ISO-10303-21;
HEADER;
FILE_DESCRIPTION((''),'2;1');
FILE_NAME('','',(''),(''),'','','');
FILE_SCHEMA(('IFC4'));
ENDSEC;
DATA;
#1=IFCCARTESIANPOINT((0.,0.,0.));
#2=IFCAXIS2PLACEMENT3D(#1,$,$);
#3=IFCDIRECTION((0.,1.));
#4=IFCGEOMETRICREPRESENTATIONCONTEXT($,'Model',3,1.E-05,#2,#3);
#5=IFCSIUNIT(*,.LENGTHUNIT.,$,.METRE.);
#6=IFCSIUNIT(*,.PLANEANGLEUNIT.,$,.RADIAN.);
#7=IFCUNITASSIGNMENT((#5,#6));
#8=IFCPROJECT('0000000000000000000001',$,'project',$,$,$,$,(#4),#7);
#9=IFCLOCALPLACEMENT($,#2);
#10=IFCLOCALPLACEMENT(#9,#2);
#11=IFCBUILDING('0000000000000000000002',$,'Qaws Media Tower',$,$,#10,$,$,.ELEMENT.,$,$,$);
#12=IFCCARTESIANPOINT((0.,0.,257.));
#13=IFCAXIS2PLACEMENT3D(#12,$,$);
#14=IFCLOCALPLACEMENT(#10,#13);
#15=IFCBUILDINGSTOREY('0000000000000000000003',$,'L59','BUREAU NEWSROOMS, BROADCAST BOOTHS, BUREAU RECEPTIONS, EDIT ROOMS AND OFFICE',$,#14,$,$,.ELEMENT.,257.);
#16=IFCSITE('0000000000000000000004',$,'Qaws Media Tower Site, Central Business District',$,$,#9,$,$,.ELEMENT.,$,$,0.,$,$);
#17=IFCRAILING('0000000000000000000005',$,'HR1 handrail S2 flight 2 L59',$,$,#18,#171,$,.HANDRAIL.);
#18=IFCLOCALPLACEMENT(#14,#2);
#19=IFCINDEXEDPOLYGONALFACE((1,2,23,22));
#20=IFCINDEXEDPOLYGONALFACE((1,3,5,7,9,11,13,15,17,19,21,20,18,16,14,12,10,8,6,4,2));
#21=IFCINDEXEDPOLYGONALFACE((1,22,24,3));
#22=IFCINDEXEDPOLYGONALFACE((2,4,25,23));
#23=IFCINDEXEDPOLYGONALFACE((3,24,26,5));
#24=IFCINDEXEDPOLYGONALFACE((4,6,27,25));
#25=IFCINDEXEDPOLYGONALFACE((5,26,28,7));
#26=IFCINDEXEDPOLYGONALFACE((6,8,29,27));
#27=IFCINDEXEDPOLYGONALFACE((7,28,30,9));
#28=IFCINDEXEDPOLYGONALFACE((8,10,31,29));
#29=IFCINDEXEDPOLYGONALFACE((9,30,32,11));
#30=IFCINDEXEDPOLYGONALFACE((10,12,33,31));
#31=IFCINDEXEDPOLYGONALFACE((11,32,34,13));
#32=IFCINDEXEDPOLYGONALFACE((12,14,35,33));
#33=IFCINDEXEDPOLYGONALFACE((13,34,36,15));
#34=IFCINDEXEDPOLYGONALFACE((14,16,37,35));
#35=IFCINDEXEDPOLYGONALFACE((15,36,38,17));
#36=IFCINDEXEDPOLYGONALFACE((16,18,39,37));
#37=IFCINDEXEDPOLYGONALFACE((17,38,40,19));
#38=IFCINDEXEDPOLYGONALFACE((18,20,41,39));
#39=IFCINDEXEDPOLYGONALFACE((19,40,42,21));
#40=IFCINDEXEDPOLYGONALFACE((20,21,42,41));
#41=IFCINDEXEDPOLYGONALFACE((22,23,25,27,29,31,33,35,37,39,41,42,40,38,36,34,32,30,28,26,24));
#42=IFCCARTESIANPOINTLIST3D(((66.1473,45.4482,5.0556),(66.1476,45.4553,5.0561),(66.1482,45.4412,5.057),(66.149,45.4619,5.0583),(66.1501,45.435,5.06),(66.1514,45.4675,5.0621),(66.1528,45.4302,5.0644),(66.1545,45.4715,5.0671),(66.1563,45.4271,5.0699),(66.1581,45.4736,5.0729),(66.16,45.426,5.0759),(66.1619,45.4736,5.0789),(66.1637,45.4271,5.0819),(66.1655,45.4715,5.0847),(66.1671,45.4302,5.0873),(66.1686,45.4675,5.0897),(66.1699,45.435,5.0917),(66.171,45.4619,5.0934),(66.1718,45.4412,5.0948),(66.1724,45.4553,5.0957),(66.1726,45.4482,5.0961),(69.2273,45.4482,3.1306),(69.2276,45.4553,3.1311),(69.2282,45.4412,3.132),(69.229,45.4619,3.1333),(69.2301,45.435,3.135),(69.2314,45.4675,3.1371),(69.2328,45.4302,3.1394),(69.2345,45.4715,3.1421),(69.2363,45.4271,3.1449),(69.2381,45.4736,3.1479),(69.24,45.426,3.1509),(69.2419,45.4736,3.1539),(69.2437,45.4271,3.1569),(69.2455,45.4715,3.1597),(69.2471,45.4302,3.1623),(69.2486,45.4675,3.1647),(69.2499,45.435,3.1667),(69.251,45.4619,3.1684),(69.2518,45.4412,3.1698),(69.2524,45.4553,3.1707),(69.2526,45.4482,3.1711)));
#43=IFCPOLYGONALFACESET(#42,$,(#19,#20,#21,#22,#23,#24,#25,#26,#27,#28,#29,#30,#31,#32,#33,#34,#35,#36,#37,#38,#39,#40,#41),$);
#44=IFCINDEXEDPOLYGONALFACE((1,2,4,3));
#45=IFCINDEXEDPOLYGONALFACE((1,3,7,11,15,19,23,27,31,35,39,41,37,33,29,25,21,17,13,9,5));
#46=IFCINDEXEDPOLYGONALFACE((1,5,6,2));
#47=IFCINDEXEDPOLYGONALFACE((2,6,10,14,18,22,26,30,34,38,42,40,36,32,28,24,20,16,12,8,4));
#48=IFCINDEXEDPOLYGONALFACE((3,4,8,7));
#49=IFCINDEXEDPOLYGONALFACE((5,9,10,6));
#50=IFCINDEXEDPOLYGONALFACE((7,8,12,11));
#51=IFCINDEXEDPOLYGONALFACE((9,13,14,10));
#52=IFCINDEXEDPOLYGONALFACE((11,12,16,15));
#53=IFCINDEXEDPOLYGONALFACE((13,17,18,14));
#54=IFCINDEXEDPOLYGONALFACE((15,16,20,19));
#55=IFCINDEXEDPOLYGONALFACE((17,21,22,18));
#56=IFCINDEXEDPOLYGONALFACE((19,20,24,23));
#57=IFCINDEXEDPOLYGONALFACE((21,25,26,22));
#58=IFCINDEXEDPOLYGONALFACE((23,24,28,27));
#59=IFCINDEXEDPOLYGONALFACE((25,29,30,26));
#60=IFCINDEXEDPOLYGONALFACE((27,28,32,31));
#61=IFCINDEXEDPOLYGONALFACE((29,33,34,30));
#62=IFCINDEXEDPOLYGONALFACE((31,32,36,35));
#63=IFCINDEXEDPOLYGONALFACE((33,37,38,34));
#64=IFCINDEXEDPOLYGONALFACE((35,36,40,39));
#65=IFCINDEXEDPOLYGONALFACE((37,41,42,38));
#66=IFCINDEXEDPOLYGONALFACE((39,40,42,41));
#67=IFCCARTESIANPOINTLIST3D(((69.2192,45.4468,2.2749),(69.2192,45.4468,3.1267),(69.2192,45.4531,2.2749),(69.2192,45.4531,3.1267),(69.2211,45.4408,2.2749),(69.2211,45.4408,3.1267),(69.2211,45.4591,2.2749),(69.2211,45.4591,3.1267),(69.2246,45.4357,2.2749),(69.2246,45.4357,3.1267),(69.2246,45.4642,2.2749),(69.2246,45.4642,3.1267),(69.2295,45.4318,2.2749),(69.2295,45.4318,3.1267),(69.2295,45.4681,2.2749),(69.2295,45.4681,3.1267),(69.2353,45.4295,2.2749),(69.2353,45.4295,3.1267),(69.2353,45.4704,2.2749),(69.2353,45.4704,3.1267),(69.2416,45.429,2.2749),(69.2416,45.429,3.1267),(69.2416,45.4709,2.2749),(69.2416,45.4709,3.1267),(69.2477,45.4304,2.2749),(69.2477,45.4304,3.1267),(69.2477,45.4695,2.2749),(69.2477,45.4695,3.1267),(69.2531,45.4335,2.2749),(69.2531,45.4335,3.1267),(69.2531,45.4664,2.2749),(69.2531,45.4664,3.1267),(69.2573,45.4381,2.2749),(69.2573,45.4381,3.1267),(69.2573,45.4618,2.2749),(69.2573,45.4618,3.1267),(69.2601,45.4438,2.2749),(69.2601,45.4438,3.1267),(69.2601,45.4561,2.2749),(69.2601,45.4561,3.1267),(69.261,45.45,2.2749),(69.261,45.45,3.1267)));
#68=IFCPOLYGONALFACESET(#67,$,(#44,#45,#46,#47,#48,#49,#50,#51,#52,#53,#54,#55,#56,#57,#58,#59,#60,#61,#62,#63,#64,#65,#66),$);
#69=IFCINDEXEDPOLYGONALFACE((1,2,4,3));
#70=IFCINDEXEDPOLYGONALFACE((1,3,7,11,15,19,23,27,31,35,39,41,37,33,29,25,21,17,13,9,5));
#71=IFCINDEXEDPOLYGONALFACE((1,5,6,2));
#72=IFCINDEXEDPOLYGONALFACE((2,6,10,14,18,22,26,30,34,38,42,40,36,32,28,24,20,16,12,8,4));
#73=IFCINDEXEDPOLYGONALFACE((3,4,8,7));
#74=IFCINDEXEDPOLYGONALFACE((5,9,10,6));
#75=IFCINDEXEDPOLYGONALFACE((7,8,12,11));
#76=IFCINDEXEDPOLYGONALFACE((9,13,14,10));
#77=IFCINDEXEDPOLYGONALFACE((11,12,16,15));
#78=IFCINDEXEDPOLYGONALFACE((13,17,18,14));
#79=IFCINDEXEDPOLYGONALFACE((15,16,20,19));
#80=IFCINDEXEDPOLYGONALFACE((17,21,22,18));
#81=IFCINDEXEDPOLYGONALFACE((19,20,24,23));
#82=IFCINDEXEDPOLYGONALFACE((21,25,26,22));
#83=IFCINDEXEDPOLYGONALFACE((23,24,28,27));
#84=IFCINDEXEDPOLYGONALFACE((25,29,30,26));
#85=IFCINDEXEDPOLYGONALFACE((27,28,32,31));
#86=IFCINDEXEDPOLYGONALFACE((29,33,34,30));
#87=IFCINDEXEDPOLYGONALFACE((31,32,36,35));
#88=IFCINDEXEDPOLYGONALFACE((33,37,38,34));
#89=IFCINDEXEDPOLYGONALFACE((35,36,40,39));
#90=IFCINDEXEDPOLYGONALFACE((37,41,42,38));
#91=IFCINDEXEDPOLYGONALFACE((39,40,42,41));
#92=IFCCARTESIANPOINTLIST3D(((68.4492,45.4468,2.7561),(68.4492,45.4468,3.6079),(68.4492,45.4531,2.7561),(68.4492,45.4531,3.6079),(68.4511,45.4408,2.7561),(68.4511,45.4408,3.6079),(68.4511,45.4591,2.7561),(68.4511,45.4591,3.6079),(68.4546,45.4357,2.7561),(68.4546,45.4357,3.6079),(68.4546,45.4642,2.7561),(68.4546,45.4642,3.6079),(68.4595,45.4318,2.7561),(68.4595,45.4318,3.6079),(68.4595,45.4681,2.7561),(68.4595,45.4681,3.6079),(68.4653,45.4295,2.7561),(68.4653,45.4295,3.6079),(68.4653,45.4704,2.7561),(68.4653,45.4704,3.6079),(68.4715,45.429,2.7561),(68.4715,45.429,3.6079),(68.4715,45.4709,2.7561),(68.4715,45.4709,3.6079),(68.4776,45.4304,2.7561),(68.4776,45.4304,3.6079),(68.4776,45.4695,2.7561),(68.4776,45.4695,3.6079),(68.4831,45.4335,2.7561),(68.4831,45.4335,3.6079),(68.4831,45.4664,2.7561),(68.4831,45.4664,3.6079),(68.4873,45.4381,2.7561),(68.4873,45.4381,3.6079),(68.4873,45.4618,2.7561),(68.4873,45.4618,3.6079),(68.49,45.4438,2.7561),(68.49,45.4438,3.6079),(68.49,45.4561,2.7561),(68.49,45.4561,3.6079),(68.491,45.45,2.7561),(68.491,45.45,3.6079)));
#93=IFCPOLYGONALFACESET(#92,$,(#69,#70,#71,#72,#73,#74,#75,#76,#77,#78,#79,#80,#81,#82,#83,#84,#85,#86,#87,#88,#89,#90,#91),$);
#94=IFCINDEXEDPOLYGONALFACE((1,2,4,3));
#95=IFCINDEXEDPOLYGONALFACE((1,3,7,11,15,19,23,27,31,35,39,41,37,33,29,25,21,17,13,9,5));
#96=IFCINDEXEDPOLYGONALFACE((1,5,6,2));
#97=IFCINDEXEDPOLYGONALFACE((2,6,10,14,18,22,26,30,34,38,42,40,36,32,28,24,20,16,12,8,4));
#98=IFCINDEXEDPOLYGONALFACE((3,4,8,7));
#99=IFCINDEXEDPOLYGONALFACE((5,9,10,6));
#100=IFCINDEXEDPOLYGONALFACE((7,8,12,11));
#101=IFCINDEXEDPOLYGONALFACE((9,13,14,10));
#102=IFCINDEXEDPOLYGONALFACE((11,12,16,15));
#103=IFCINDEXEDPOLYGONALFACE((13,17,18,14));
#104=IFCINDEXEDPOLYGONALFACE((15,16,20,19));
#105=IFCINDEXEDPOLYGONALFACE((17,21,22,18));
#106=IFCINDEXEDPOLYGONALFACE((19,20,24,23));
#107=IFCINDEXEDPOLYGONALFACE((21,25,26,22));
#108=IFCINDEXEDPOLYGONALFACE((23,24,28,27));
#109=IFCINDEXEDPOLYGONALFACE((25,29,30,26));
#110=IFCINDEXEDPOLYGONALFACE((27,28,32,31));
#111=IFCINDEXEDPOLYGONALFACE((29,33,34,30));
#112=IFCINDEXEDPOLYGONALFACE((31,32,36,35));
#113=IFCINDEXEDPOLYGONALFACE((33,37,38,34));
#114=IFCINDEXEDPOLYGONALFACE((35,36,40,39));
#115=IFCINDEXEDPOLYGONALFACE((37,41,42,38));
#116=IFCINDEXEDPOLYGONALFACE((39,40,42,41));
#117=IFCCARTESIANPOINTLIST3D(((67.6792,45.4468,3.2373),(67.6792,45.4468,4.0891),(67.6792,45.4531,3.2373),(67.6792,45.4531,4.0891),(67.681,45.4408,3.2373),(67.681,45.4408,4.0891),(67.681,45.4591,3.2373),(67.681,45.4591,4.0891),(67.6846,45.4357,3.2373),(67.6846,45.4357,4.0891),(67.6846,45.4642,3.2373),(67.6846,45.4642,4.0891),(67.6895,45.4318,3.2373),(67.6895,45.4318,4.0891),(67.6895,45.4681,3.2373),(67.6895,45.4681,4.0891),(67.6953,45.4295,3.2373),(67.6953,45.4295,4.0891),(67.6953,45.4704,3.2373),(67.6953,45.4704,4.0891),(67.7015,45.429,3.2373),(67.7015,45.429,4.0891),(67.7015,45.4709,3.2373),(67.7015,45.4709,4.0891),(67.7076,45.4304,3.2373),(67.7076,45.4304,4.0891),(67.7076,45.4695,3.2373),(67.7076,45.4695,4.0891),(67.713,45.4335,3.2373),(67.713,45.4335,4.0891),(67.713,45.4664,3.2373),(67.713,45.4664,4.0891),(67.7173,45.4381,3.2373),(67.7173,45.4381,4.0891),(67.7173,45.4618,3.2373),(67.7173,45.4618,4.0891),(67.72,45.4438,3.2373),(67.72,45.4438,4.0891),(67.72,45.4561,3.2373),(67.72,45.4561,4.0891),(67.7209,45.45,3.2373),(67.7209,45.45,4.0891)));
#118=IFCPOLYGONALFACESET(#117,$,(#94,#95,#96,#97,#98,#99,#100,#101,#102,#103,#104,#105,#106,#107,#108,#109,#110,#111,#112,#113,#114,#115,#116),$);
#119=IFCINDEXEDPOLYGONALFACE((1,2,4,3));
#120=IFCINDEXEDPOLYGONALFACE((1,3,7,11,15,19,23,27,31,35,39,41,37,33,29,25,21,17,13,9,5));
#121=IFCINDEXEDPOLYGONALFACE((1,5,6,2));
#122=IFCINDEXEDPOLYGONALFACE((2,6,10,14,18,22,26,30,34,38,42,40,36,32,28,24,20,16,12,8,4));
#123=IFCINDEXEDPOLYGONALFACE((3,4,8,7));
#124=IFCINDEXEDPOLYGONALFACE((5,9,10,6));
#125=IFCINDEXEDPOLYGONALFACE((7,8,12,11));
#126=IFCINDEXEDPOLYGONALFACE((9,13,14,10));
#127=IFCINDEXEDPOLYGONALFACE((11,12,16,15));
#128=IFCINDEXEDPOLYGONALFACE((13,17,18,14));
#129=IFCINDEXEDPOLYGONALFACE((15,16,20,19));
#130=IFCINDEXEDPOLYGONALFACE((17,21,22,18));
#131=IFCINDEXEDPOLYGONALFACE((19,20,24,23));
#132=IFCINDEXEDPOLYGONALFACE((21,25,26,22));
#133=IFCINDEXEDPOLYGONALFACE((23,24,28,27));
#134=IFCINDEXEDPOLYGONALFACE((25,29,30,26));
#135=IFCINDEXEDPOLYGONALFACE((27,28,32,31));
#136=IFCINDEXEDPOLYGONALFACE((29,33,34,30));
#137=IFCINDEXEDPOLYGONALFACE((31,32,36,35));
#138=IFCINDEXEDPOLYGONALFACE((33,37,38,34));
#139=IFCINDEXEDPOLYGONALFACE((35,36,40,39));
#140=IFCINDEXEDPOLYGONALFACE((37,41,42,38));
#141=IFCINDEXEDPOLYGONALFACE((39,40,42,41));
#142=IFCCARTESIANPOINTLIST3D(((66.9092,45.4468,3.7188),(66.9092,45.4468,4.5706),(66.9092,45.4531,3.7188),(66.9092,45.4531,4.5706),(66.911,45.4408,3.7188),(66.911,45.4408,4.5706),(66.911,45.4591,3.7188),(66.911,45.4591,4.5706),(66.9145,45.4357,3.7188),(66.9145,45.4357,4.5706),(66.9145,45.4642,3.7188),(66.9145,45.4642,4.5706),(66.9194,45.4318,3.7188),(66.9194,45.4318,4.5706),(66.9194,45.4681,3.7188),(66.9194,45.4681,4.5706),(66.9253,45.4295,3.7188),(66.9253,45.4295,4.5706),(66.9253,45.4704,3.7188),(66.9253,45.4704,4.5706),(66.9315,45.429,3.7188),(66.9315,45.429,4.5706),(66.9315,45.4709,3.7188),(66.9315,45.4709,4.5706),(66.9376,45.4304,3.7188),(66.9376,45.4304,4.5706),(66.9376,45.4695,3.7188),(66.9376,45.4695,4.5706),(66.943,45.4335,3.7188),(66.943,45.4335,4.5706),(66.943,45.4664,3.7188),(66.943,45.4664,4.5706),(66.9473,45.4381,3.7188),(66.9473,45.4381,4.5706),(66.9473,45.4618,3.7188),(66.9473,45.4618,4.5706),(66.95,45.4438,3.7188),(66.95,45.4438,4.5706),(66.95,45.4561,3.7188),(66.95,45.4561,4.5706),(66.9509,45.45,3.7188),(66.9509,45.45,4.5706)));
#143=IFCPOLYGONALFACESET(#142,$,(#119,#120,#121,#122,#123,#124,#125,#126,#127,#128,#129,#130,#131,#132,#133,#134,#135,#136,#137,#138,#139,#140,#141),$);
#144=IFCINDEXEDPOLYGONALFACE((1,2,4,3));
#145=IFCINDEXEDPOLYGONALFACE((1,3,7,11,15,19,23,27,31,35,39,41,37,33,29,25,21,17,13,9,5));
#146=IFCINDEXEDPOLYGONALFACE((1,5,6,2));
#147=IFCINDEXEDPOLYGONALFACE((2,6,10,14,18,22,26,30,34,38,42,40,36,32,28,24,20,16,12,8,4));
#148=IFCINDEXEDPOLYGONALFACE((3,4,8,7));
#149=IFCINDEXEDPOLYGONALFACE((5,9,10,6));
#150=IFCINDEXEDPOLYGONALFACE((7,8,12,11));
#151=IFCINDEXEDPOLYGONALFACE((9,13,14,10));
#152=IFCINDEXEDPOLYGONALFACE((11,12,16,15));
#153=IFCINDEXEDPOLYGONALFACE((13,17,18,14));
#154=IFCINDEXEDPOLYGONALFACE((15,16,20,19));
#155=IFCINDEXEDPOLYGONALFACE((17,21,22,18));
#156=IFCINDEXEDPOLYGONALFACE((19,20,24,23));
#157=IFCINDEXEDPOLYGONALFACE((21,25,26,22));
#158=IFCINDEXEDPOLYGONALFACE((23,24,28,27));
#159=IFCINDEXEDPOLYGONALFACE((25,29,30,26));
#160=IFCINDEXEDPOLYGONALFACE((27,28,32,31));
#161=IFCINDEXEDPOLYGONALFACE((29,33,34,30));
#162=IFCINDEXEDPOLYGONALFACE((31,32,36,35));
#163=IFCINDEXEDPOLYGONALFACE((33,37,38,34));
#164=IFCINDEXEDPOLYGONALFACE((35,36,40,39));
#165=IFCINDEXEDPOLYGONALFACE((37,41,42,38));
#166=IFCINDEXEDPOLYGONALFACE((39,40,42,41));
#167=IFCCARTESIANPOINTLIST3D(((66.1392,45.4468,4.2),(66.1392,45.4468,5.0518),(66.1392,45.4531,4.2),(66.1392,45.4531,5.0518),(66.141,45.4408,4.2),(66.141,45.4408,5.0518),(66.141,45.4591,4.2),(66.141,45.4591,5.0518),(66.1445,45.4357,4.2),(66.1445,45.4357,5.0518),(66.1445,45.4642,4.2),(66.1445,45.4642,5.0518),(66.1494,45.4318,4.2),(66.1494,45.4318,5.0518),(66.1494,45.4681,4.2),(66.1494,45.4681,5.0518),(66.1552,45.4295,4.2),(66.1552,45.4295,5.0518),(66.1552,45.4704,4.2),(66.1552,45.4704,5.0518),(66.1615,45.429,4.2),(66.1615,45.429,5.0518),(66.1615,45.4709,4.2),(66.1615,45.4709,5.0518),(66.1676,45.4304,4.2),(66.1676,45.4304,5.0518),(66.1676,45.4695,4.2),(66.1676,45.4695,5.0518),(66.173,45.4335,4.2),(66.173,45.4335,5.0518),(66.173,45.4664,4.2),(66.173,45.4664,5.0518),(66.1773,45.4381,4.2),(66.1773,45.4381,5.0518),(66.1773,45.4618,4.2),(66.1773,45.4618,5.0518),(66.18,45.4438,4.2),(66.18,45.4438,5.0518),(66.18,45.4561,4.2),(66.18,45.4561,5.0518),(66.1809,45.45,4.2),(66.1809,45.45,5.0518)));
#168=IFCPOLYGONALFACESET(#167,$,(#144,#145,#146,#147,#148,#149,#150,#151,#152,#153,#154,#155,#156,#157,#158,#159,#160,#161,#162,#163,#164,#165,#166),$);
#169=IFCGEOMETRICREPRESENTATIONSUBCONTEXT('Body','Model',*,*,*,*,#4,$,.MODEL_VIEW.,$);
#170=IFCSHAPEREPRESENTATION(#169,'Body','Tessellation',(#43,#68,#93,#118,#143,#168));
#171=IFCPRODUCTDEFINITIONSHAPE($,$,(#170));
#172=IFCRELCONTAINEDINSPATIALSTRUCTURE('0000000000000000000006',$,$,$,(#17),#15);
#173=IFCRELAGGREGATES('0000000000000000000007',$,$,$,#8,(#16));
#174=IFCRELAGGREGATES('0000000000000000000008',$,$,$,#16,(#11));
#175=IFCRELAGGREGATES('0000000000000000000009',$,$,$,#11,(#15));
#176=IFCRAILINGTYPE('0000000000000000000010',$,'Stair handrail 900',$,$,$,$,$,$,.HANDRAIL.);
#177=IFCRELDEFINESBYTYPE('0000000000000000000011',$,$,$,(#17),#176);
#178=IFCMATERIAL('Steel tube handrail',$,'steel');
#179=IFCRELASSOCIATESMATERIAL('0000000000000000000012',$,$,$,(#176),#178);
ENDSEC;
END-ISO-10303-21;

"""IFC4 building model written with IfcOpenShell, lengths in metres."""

from ifc_helpers import new_model, si_unit, direction, frame, origin, origin_2d, place, context, subcontext, project, spatial, circle, extrude, material, type_object, element, save


model = new_model("IFC4")

# Units and contexts
model_context = context("Model", 3, precision=1e-05, world=origin(), true_north=direction((0.0, 1.0)))
body_context = subcontext(model_context, "Body", "Model", "MODEL_VIEW")
ifc_project = project(units=[si_unit("LENGTHUNIT", "METRE"), si_unit("PLANEANGLEUNIT", "RADIAN")], contexts=[model_context])

# Site, building, storey
site_placement = place(None, origin())
site = spatial("IfcSite", under=ifc_project, at=site_placement, Name="Qaws Media Tower Site, Central Business District", CompositionType="ELEMENT", RefElevation=0.0)
building_placement = place(site_placement, origin())
building = spatial("IfcBuilding", under=site, at=building_placement, Name="Qaws Media Tower", CompositionType="ELEMENT")
storey_placement = place(building_placement, frame((0.0, 0.0, 257.0)))
storey = spatial("IfcBuildingStorey", under=building, at=storey_placement, Name="L59", Description="BUREAU NEWSROOMS, BROADCAST BOOTHS, BUREAU RECEPTIONS, EDIT ROOMS AND OFFICE", CompositionType="ELEMENT", Elevation=257.0)

# Railing
ifc_material_1 = material(Name="Steel tube handrail", Category="steel")
railing_type = type_object("IfcRailingType", Name="Stair handrail 900", PredefinedType="HANDRAIL", material=ifc_material_1)
for number, where, name in (
    (1, (69.24, 45.45, 2.2749), "HR1 handrail S2 flight 2 L59"),
):
    element("IfcRailing", number, at=place(storey_placement, frame(where)), inside=storey, type_object=railing_type, Name=name, PredefinedType="HANDRAIL", context=body_context, shape_type="SweptSolid", body=[
        extrude(circle(Radius=0.0239, at=origin_2d()), frame((0.0, 0.0, 0.876), z_axis=(-0.847998, 0.0, 0.529999), x_axis=(0.0, -1.0, 0.0)), (0.0, 0.0, 1.0), 3.6321),
        extrude(circle(Radius=0.021, at=origin_2d()), origin(), (0.0, 0.0, 1.0), 0.8518),
        extrude(circle(Radius=0.021, at=origin_2d()), frame((-0.77, 0.0, 0.4812)), (0.0, 0.0, 1.0), 0.8518),
        extrude(circle(Radius=0.021, at=origin_2d()), frame((-1.54, 0.0, 0.9624)), (0.0, 0.0, 1.0), 0.8518),
        extrude(circle(Radius=0.021, at=origin_2d()), frame((-2.3101, 0.0, 1.4438)), (0.0, 0.0, 1.0), 0.8518),
        extrude(circle(Radius=0.021, at=origin_2d()), frame((-3.0801, 0.0, 1.925)), (0.0, 0.0, 1.0), 0.8518),
    ])

save(model, "model.ifc")
